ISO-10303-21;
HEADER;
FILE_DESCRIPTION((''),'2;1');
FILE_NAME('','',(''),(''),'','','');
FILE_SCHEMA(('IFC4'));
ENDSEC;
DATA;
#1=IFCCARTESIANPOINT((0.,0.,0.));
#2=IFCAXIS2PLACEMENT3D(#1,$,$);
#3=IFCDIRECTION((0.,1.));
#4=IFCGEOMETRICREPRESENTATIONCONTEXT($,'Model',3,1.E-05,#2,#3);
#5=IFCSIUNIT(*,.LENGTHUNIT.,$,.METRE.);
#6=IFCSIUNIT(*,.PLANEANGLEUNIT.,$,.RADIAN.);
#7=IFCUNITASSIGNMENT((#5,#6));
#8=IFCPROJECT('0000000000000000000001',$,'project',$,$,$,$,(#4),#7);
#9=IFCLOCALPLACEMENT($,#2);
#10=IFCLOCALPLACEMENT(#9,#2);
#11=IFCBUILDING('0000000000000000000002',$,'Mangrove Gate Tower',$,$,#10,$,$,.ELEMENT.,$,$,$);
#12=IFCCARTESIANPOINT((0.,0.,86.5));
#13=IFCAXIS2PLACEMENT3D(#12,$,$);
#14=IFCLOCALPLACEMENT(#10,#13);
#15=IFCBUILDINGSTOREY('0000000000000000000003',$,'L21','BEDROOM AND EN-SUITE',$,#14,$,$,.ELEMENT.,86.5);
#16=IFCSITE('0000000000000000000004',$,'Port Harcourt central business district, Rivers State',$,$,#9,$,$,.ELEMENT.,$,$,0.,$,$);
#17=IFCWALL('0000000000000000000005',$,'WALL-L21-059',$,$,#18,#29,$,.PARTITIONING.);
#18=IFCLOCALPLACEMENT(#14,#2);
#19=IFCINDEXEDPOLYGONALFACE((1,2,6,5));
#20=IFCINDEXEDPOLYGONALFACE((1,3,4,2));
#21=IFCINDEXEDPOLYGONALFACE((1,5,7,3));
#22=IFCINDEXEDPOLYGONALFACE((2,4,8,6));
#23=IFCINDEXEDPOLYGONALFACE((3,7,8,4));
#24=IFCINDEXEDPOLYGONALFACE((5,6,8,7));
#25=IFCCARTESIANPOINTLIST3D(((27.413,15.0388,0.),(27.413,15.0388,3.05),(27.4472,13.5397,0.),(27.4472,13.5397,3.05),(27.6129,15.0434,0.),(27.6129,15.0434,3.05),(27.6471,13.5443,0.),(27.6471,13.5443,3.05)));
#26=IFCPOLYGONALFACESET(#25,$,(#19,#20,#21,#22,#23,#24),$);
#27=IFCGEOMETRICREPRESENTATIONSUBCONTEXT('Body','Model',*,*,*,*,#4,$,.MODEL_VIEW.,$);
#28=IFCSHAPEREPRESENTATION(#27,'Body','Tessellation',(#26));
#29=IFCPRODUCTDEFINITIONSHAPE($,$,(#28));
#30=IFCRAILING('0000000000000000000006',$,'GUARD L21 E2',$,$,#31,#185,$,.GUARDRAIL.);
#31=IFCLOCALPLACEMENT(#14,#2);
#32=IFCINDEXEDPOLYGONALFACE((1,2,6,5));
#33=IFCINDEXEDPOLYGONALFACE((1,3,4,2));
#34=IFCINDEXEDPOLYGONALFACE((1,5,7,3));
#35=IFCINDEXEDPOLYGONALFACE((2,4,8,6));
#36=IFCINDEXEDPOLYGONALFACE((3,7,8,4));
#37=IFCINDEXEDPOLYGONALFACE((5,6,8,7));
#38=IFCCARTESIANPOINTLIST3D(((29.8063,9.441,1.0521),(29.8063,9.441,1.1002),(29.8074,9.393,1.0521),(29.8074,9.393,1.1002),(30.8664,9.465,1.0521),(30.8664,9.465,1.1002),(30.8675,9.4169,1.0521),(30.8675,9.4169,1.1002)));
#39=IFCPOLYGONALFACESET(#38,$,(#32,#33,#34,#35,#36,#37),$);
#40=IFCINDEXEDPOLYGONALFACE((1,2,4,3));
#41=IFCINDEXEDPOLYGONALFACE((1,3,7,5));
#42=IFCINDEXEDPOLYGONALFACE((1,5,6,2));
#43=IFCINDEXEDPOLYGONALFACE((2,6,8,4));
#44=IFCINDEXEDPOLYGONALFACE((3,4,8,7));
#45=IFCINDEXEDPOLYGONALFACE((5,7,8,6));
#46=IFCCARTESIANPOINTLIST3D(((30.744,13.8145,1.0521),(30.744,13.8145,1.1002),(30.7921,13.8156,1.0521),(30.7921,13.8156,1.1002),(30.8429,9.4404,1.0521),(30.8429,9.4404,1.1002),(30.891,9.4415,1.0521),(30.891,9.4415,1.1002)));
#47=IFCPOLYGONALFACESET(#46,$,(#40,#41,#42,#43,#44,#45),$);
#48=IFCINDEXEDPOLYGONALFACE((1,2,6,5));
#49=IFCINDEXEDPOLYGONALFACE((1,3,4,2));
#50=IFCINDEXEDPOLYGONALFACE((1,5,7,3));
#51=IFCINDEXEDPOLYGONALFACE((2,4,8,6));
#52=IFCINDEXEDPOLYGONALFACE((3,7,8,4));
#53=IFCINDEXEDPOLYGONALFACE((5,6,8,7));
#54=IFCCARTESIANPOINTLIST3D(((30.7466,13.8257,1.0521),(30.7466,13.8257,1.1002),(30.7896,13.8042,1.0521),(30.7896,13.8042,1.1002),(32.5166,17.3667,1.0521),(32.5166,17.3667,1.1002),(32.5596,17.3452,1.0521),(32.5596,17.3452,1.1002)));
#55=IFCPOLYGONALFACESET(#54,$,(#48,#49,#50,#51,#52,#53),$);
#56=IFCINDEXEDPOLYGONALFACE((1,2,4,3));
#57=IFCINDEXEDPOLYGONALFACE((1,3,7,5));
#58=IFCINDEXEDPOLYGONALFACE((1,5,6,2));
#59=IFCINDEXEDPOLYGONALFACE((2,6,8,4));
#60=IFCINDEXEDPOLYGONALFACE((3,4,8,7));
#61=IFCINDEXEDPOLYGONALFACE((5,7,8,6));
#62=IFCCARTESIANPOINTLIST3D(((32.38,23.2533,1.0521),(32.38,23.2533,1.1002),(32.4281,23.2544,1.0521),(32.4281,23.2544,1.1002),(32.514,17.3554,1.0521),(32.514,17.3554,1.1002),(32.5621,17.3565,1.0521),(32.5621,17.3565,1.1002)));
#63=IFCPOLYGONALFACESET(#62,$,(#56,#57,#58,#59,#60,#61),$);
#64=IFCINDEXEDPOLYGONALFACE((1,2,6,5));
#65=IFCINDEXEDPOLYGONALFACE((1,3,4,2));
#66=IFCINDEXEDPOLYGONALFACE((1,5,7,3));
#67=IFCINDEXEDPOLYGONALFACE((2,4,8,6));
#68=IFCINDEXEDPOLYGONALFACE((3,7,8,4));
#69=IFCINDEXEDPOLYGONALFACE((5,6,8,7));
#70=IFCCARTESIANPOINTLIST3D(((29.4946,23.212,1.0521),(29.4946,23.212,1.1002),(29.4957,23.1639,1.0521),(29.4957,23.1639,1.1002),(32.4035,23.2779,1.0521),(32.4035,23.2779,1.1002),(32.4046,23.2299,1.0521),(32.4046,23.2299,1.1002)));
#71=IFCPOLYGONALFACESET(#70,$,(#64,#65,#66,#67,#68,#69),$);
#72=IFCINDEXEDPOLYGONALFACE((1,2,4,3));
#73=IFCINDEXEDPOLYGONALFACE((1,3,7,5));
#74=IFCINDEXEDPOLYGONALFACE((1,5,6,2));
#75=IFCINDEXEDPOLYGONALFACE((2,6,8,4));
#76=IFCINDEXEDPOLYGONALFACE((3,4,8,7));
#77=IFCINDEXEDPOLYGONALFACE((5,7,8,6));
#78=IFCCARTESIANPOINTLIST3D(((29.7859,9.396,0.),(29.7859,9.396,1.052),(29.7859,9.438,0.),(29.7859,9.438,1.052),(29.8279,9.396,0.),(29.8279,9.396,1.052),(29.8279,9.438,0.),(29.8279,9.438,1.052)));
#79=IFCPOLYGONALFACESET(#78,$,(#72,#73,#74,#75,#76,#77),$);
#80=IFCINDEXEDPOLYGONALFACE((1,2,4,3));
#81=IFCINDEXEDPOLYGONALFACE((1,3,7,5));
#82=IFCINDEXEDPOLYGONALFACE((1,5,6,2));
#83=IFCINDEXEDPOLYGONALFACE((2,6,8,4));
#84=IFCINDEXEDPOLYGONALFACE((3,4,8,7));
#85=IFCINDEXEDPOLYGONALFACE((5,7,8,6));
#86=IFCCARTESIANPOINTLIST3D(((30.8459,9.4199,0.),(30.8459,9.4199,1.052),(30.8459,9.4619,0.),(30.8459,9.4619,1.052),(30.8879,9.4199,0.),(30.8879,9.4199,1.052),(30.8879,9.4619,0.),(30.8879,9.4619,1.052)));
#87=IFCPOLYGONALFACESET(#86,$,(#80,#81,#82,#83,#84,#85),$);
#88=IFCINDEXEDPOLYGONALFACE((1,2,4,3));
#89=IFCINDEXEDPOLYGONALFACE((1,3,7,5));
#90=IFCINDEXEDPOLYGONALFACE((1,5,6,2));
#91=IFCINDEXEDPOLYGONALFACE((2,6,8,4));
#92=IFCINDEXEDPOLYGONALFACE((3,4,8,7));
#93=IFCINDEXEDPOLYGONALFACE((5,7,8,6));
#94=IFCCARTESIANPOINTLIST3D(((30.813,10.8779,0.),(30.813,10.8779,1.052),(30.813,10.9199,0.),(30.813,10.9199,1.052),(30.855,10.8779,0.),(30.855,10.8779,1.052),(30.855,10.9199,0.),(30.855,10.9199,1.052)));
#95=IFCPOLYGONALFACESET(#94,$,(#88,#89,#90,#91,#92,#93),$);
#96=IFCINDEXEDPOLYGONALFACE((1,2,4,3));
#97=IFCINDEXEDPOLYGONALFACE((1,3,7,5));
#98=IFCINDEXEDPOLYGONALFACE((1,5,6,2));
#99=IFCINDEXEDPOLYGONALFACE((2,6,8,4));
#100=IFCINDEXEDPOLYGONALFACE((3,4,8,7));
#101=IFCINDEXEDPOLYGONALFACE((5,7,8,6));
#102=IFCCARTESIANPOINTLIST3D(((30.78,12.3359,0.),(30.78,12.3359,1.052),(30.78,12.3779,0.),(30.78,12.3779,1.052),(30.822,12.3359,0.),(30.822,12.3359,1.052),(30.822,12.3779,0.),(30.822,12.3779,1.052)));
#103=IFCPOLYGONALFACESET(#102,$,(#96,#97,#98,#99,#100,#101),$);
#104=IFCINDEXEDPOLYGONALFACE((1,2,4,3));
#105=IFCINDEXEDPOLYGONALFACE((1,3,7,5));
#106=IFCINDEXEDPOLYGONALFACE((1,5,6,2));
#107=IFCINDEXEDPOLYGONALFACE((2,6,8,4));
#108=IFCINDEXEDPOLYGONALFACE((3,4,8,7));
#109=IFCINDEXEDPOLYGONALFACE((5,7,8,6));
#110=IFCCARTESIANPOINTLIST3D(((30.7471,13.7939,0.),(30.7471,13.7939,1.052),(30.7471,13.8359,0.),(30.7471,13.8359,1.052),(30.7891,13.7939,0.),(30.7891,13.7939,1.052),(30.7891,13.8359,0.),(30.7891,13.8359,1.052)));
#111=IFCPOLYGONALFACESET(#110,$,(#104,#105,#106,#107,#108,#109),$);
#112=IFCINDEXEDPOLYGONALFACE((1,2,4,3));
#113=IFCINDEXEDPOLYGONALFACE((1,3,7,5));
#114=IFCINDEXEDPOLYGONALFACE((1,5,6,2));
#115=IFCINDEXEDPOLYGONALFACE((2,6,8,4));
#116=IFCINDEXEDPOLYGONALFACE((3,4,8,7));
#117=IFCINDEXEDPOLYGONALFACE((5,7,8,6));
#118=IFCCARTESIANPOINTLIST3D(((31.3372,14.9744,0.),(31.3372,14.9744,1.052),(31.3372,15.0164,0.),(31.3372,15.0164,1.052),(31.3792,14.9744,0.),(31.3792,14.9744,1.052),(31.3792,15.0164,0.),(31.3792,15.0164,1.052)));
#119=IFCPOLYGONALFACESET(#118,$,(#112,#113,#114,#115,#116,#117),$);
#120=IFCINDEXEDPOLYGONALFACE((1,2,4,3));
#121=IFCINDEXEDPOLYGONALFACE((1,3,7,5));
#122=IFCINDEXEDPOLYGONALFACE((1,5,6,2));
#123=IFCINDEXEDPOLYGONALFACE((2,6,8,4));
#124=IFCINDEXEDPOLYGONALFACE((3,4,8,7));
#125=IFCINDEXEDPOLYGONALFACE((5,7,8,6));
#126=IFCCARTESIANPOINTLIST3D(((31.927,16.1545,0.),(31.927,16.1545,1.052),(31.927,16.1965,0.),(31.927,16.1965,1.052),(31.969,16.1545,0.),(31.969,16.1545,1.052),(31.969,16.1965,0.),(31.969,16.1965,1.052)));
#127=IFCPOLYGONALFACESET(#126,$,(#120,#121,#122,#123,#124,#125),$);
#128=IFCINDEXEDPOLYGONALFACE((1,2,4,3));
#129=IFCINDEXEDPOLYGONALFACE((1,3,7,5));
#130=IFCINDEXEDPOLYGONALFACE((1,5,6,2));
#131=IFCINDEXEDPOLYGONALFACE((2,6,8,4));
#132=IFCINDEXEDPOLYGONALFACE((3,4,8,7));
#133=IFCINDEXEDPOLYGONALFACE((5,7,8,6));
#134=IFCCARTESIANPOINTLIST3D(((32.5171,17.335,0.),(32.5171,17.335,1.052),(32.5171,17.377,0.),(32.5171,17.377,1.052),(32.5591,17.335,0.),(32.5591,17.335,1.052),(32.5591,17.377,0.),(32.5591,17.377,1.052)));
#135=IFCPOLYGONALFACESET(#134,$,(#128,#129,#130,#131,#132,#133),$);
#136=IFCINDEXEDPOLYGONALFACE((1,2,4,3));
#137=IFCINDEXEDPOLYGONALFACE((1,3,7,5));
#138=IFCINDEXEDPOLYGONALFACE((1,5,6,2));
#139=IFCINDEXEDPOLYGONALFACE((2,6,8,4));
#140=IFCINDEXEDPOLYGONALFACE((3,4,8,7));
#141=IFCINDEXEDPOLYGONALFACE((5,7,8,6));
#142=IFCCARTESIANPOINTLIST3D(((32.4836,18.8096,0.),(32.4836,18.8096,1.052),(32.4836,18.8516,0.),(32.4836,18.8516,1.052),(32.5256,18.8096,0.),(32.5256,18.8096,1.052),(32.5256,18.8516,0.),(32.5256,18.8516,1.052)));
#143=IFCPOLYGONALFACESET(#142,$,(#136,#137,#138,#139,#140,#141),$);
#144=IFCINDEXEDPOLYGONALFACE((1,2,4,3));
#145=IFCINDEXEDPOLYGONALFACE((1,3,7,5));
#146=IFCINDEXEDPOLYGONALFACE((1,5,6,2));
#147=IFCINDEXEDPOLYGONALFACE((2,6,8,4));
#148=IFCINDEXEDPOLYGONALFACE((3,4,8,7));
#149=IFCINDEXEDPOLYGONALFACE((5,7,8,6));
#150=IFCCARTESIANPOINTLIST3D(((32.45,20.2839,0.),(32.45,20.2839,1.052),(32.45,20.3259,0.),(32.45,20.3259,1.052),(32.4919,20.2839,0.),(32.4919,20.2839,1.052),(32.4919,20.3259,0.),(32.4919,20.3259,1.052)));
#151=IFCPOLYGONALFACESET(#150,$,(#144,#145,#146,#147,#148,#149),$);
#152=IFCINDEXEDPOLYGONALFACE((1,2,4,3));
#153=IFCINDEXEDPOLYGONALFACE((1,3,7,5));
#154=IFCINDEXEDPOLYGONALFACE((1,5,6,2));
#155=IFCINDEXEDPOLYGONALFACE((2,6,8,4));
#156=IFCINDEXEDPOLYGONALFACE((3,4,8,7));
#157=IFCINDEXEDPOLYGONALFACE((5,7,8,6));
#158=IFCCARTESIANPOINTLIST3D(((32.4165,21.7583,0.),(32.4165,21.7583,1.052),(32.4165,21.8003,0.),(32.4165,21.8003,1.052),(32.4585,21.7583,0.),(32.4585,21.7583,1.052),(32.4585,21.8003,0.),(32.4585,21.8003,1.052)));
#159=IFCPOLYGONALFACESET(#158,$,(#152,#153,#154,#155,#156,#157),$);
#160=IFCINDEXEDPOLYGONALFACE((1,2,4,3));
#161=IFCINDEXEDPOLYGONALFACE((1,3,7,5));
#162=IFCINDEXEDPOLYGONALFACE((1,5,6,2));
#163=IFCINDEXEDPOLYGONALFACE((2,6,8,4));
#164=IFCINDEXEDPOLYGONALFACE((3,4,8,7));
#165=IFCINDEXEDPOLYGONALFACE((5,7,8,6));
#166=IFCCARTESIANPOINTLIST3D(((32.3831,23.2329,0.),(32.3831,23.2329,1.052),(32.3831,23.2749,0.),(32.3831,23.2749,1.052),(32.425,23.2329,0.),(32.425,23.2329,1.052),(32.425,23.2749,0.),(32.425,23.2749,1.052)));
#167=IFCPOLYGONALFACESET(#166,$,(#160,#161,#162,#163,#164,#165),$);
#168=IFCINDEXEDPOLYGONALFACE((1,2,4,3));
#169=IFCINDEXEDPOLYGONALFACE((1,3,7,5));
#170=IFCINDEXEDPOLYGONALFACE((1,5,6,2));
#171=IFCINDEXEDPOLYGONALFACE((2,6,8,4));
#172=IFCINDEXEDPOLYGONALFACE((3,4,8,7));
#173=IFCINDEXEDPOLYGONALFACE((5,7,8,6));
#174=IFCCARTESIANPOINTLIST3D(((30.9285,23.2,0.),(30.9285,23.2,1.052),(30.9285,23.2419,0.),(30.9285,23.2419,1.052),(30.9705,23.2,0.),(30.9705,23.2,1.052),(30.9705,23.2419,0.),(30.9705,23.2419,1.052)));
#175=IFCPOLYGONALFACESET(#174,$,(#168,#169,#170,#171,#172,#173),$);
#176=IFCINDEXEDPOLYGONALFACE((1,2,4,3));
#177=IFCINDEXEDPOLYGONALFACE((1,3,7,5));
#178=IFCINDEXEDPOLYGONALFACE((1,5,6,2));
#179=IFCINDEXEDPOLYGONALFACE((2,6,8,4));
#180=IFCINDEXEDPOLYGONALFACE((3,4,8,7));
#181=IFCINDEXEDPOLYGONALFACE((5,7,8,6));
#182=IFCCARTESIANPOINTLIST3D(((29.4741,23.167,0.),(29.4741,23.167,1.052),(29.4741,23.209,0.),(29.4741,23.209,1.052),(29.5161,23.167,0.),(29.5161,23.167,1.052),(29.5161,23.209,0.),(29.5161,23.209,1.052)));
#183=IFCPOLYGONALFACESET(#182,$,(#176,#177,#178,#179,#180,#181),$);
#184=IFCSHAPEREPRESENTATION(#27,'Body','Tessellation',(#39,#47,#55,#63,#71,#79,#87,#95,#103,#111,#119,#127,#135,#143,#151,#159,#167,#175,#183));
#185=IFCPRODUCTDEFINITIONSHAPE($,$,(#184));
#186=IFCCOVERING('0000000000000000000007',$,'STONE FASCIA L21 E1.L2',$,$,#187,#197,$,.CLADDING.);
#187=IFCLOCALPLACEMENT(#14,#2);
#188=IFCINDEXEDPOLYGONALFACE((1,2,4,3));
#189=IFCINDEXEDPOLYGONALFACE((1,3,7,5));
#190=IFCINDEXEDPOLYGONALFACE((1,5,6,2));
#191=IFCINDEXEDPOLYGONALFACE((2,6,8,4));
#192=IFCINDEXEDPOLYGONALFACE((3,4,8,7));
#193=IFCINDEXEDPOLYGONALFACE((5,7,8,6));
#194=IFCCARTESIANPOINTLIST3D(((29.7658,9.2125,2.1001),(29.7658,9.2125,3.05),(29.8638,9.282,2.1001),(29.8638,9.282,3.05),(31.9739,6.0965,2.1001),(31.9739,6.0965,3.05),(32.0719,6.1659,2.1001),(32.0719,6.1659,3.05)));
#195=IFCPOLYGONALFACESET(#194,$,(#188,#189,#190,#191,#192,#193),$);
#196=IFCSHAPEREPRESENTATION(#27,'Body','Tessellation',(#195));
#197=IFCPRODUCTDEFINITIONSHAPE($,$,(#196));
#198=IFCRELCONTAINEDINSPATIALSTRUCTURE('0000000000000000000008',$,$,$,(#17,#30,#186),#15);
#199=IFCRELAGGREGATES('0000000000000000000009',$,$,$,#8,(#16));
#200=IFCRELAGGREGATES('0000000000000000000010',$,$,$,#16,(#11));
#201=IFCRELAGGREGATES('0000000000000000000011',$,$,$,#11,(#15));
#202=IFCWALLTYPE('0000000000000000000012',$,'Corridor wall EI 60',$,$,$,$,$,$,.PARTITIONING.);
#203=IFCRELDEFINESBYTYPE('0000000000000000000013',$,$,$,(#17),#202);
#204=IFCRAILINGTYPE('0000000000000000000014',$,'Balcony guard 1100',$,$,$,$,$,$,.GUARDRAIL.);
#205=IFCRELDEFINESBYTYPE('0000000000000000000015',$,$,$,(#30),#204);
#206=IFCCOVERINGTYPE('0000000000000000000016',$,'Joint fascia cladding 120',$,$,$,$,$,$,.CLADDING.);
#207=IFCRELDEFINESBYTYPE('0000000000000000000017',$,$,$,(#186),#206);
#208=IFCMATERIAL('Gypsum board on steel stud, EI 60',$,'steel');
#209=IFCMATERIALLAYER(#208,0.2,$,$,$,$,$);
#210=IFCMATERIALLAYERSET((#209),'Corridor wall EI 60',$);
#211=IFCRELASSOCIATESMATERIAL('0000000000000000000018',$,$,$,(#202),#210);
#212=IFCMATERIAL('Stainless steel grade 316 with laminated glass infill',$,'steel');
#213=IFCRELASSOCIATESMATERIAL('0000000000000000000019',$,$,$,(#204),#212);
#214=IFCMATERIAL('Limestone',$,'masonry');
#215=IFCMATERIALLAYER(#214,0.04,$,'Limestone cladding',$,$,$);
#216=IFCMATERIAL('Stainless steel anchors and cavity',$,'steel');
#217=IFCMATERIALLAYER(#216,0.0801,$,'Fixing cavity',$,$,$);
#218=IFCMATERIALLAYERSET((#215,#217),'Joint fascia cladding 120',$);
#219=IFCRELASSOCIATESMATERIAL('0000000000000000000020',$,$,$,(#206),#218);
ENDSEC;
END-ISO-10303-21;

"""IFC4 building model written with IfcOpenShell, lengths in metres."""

from ifc_helpers import new_model, si_unit, direction, frame, frame_2d, origin, origin_2d, place, context, subcontext, project, spatial, rectangle, extrude, material, layer, layer_set, type_object, element, save


model = new_model("IFC4")

# Units and contexts
model_context = context("Model", 3, precision=1e-05, world=origin(), true_north=direction((0.0, 1.0)))
body_context = subcontext(model_context, "Body", "Model", "MODEL_VIEW")
ifc_project = project(units=[si_unit("LENGTHUNIT", "METRE"), si_unit("PLANEANGLEUNIT", "RADIAN")], contexts=[model_context])

# Site, building, storey
site_placement = place(None, origin())
site = spatial("IfcSite", under=ifc_project, at=site_placement, Name="Port Harcourt central business district, Rivers State", CompositionType="ELEMENT", RefElevation=0.0)
building_placement = place(site_placement, origin())
building = spatial("IfcBuilding", under=site, at=building_placement, Name="Mangrove Gate Tower", CompositionType="ELEMENT")
storey_placement = place(building_placement, frame((0.0, 0.0, 86.5)))
storey = spatial("IfcBuildingStorey", under=building, at=storey_placement, Name="L21", Description="BEDROOM AND EN-SUITE", CompositionType="ELEMENT", Elevation=86.5)

# Wall
ifc_material_1 = material(Name="Gypsum board on steel stud, EI 60", Category="steel")
ifc_layer_1 = layer(ifc_material_1, 0.2)
ifc_layer_set_1 = layer_set([ifc_layer_1], Name="Corridor wall EI 60")
wall_type_1 = type_object("IfcWallType", Name="Corridor wall EI 60", PredefinedType="PARTITIONING", material=ifc_layer_set_1)
wall_1_placement = place(storey_placement, frame((27.5471, 13.542, 0.0), z_axis=(0.0, 0.0, 1.0), x_axis=(-0.022795, 0.99974, 0.0)))
element("IfcWall", 1, at=wall_1_placement, inside=storey, type_object=wall_type_1, Name="WALL-L21-059", PredefinedType="PARTITIONING", context=body_context, shape_type="SweptSolid", body=[
    extrude(rectangle(XDim=1.4995, YDim=0.2, at=frame_2d((0.7498, 0.0))), origin(), (0.0, 0.0, 1.0), 3.05),
])

# Shared definitions
ifc_material_2 = material(Name="Limestone", Category="masonry")

# Railing
ifc_material_3 = material(Name="Stainless steel grade 316 with laminated glass infill", Category="steel")
railing_type = type_object("IfcRailingType", Name="Balcony guard 1100", PredefinedType="GUARDRAIL", material=ifc_material_3)
railing_placement = place(storey_placement, frame((29.8069, 9.417, 0.0)))
element("IfcRailing", 2, at=railing_placement, inside=storey, type_object=railing_type, Name="GUARD L21 E2", PredefinedType="GUARDRAIL", context=body_context, shape_type="SweptSolid", body=[
    extrude(rectangle(XDim=0.0481, YDim=0.0481, at=origin_2d()), frame((0.0, 0.0, 1.0762), z_axis=(0.999745, 0.022564, 0.0), x_axis=(-0.022564, 0.999745, 0.0)), (0.0, 0.0, 1.0), 1.0603),
    extrude(rectangle(XDim=0.0481, YDim=0.0481, at=origin_2d()), frame((1.0601, 0.0239, 1.0762), z_axis=(-0.0226, 0.999745, 0.0), x_axis=(-0.999745, -0.0226, 0.0)), (0.0, 0.0, 1.0), 4.3752),
    extrude(rectangle(XDim=0.0481, YDim=0.0481, at=origin_2d()), frame((0.9612, 4.3979, 1.0762), z_axis=(0.447115, 0.894477, 0.0), x_axis=(-0.894477, 0.447115, 0.0)), (0.0, 0.0, 1.0), 3.9587),
    extrude(rectangle(XDim=0.0481, YDim=0.0481, at=origin_2d()), frame((2.7312, 7.939, 1.0762), z_axis=(-0.02272, 0.999742, 0.0), x_axis=(-0.999742, -0.02272, 0.0)), (0.0, 0.0, 1.0), 5.8994),
    extrude(rectangle(XDim=0.0481, YDim=0.0481, at=origin_2d()), frame((2.5972, 13.8369, 1.0762), z_axis=(-0.999743, -0.022655, 0.0), x_axis=(0.022655, -0.999743, 0.0)), (0.0, 0.0, 1.0), 2.9097),
    extrude(rectangle(XDim=0.042, YDim=0.042, at=origin_2d()), origin(), (0.0, 0.0, 1.0), 1.052),
    extrude(rectangle(XDim=0.042, YDim=0.042, at=origin_2d()), frame((1.0601, 0.0239, 0.0)), (0.0, 0.0, 1.0), 1.052),
    extrude(rectangle(XDim=0.042, YDim=0.042, at=origin_2d()), frame((1.0271, 1.4819, 0.0)), (0.0, 0.0, 1.0), 1.052),
    extrude(rectangle(XDim=0.042, YDim=0.042, at=origin_2d()), frame((0.9941, 2.9399, 0.0)), (0.0, 0.0, 1.0), 1.052),
    extrude(rectangle(XDim=0.042, YDim=0.042, at=origin_2d()), frame((0.9612, 4.3979, 0.0)), (0.0, 0.0, 1.0), 1.052),
    extrude(rectangle(XDim=0.042, YDim=0.042, at=origin_2d()), frame((1.5513, 5.5784, 0.0)), (0.0, 0.0, 1.0), 1.052),
    extrude(rectangle(XDim=0.042, YDim=0.042, at=origin_2d()), frame((2.1411, 6.7585, 0.0)), (0.0, 0.0, 1.0), 1.052),
    extrude(rectangle(XDim=0.042, YDim=0.042, at=origin_2d()), frame((2.7312, 7.939, 0.0)), (0.0, 0.0, 1.0), 1.052),
    extrude(rectangle(XDim=0.042, YDim=0.042, at=origin_2d()), frame((2.6978, 9.4136, 0.0)), (0.0, 0.0, 1.0), 1.052),
    extrude(rectangle(XDim=0.042, YDim=0.042, at=origin_2d()), frame((2.6641, 10.8879, 0.0)), (0.0, 0.0, 1.0), 1.052),
    extrude(rectangle(XDim=0.042, YDim=0.042, at=origin_2d()), frame((2.6306, 12.3623, 0.0)), (0.0, 0.0, 1.0), 1.052),
    extrude(rectangle(XDim=0.042, YDim=0.042, at=origin_2d()), frame((2.5972, 13.8369, 0.0)), (0.0, 0.0, 1.0), 1.052),
    extrude(rectangle(XDim=0.042, YDim=0.042, at=origin_2d()), frame((1.1426, 13.804, 0.0)), (0.0, 0.0, 1.0), 1.052),
    extrude(rectangle(XDim=0.042, YDim=0.042, at=origin_2d()), frame((-0.3118, 13.771, 0.0)), (0.0, 0.0, 1.0), 1.052),
])

# Covering
ifc_layer_2 = layer(ifc_material_2, 0.04, Name="Limestone cladding")
ifc_material_4 = material(Name="Stainless steel anchors and cavity", Category="steel")
ifc_layer_3 = layer(ifc_material_4, 0.0801, Name="Fixing cavity")
ifc_layer_set_2 = layer_set([ifc_layer_2, ifc_layer_3], Name="Joint fascia cladding 120")
covering_type = type_object("IfcCoveringType", Name="Joint fascia cladding 120", PredefinedType="CLADDING", material=ifc_layer_set_2)
covering_placement = place(storey_placement, frame((32.0229, 6.1311, 2.1001), z_axis=(0.0, 0.0, 1.0), x_axis=(-0.578168, 0.815918, 0.0)))
element("IfcCovering", 3, at=covering_placement, inside=storey, type_object=covering_type, Name="STONE FASCIA L21 E1.L2", PredefinedType="CLADDING", context=body_context, shape_type="SweptSolid", body=[
    extrude(rectangle(XDim=3.8191, YDim=0.1201, at=frame_2d((1.9097, 0.0))), origin(), (0.0, 0.0, 1.0), 0.95),
])

save(model, "model.ifc")
